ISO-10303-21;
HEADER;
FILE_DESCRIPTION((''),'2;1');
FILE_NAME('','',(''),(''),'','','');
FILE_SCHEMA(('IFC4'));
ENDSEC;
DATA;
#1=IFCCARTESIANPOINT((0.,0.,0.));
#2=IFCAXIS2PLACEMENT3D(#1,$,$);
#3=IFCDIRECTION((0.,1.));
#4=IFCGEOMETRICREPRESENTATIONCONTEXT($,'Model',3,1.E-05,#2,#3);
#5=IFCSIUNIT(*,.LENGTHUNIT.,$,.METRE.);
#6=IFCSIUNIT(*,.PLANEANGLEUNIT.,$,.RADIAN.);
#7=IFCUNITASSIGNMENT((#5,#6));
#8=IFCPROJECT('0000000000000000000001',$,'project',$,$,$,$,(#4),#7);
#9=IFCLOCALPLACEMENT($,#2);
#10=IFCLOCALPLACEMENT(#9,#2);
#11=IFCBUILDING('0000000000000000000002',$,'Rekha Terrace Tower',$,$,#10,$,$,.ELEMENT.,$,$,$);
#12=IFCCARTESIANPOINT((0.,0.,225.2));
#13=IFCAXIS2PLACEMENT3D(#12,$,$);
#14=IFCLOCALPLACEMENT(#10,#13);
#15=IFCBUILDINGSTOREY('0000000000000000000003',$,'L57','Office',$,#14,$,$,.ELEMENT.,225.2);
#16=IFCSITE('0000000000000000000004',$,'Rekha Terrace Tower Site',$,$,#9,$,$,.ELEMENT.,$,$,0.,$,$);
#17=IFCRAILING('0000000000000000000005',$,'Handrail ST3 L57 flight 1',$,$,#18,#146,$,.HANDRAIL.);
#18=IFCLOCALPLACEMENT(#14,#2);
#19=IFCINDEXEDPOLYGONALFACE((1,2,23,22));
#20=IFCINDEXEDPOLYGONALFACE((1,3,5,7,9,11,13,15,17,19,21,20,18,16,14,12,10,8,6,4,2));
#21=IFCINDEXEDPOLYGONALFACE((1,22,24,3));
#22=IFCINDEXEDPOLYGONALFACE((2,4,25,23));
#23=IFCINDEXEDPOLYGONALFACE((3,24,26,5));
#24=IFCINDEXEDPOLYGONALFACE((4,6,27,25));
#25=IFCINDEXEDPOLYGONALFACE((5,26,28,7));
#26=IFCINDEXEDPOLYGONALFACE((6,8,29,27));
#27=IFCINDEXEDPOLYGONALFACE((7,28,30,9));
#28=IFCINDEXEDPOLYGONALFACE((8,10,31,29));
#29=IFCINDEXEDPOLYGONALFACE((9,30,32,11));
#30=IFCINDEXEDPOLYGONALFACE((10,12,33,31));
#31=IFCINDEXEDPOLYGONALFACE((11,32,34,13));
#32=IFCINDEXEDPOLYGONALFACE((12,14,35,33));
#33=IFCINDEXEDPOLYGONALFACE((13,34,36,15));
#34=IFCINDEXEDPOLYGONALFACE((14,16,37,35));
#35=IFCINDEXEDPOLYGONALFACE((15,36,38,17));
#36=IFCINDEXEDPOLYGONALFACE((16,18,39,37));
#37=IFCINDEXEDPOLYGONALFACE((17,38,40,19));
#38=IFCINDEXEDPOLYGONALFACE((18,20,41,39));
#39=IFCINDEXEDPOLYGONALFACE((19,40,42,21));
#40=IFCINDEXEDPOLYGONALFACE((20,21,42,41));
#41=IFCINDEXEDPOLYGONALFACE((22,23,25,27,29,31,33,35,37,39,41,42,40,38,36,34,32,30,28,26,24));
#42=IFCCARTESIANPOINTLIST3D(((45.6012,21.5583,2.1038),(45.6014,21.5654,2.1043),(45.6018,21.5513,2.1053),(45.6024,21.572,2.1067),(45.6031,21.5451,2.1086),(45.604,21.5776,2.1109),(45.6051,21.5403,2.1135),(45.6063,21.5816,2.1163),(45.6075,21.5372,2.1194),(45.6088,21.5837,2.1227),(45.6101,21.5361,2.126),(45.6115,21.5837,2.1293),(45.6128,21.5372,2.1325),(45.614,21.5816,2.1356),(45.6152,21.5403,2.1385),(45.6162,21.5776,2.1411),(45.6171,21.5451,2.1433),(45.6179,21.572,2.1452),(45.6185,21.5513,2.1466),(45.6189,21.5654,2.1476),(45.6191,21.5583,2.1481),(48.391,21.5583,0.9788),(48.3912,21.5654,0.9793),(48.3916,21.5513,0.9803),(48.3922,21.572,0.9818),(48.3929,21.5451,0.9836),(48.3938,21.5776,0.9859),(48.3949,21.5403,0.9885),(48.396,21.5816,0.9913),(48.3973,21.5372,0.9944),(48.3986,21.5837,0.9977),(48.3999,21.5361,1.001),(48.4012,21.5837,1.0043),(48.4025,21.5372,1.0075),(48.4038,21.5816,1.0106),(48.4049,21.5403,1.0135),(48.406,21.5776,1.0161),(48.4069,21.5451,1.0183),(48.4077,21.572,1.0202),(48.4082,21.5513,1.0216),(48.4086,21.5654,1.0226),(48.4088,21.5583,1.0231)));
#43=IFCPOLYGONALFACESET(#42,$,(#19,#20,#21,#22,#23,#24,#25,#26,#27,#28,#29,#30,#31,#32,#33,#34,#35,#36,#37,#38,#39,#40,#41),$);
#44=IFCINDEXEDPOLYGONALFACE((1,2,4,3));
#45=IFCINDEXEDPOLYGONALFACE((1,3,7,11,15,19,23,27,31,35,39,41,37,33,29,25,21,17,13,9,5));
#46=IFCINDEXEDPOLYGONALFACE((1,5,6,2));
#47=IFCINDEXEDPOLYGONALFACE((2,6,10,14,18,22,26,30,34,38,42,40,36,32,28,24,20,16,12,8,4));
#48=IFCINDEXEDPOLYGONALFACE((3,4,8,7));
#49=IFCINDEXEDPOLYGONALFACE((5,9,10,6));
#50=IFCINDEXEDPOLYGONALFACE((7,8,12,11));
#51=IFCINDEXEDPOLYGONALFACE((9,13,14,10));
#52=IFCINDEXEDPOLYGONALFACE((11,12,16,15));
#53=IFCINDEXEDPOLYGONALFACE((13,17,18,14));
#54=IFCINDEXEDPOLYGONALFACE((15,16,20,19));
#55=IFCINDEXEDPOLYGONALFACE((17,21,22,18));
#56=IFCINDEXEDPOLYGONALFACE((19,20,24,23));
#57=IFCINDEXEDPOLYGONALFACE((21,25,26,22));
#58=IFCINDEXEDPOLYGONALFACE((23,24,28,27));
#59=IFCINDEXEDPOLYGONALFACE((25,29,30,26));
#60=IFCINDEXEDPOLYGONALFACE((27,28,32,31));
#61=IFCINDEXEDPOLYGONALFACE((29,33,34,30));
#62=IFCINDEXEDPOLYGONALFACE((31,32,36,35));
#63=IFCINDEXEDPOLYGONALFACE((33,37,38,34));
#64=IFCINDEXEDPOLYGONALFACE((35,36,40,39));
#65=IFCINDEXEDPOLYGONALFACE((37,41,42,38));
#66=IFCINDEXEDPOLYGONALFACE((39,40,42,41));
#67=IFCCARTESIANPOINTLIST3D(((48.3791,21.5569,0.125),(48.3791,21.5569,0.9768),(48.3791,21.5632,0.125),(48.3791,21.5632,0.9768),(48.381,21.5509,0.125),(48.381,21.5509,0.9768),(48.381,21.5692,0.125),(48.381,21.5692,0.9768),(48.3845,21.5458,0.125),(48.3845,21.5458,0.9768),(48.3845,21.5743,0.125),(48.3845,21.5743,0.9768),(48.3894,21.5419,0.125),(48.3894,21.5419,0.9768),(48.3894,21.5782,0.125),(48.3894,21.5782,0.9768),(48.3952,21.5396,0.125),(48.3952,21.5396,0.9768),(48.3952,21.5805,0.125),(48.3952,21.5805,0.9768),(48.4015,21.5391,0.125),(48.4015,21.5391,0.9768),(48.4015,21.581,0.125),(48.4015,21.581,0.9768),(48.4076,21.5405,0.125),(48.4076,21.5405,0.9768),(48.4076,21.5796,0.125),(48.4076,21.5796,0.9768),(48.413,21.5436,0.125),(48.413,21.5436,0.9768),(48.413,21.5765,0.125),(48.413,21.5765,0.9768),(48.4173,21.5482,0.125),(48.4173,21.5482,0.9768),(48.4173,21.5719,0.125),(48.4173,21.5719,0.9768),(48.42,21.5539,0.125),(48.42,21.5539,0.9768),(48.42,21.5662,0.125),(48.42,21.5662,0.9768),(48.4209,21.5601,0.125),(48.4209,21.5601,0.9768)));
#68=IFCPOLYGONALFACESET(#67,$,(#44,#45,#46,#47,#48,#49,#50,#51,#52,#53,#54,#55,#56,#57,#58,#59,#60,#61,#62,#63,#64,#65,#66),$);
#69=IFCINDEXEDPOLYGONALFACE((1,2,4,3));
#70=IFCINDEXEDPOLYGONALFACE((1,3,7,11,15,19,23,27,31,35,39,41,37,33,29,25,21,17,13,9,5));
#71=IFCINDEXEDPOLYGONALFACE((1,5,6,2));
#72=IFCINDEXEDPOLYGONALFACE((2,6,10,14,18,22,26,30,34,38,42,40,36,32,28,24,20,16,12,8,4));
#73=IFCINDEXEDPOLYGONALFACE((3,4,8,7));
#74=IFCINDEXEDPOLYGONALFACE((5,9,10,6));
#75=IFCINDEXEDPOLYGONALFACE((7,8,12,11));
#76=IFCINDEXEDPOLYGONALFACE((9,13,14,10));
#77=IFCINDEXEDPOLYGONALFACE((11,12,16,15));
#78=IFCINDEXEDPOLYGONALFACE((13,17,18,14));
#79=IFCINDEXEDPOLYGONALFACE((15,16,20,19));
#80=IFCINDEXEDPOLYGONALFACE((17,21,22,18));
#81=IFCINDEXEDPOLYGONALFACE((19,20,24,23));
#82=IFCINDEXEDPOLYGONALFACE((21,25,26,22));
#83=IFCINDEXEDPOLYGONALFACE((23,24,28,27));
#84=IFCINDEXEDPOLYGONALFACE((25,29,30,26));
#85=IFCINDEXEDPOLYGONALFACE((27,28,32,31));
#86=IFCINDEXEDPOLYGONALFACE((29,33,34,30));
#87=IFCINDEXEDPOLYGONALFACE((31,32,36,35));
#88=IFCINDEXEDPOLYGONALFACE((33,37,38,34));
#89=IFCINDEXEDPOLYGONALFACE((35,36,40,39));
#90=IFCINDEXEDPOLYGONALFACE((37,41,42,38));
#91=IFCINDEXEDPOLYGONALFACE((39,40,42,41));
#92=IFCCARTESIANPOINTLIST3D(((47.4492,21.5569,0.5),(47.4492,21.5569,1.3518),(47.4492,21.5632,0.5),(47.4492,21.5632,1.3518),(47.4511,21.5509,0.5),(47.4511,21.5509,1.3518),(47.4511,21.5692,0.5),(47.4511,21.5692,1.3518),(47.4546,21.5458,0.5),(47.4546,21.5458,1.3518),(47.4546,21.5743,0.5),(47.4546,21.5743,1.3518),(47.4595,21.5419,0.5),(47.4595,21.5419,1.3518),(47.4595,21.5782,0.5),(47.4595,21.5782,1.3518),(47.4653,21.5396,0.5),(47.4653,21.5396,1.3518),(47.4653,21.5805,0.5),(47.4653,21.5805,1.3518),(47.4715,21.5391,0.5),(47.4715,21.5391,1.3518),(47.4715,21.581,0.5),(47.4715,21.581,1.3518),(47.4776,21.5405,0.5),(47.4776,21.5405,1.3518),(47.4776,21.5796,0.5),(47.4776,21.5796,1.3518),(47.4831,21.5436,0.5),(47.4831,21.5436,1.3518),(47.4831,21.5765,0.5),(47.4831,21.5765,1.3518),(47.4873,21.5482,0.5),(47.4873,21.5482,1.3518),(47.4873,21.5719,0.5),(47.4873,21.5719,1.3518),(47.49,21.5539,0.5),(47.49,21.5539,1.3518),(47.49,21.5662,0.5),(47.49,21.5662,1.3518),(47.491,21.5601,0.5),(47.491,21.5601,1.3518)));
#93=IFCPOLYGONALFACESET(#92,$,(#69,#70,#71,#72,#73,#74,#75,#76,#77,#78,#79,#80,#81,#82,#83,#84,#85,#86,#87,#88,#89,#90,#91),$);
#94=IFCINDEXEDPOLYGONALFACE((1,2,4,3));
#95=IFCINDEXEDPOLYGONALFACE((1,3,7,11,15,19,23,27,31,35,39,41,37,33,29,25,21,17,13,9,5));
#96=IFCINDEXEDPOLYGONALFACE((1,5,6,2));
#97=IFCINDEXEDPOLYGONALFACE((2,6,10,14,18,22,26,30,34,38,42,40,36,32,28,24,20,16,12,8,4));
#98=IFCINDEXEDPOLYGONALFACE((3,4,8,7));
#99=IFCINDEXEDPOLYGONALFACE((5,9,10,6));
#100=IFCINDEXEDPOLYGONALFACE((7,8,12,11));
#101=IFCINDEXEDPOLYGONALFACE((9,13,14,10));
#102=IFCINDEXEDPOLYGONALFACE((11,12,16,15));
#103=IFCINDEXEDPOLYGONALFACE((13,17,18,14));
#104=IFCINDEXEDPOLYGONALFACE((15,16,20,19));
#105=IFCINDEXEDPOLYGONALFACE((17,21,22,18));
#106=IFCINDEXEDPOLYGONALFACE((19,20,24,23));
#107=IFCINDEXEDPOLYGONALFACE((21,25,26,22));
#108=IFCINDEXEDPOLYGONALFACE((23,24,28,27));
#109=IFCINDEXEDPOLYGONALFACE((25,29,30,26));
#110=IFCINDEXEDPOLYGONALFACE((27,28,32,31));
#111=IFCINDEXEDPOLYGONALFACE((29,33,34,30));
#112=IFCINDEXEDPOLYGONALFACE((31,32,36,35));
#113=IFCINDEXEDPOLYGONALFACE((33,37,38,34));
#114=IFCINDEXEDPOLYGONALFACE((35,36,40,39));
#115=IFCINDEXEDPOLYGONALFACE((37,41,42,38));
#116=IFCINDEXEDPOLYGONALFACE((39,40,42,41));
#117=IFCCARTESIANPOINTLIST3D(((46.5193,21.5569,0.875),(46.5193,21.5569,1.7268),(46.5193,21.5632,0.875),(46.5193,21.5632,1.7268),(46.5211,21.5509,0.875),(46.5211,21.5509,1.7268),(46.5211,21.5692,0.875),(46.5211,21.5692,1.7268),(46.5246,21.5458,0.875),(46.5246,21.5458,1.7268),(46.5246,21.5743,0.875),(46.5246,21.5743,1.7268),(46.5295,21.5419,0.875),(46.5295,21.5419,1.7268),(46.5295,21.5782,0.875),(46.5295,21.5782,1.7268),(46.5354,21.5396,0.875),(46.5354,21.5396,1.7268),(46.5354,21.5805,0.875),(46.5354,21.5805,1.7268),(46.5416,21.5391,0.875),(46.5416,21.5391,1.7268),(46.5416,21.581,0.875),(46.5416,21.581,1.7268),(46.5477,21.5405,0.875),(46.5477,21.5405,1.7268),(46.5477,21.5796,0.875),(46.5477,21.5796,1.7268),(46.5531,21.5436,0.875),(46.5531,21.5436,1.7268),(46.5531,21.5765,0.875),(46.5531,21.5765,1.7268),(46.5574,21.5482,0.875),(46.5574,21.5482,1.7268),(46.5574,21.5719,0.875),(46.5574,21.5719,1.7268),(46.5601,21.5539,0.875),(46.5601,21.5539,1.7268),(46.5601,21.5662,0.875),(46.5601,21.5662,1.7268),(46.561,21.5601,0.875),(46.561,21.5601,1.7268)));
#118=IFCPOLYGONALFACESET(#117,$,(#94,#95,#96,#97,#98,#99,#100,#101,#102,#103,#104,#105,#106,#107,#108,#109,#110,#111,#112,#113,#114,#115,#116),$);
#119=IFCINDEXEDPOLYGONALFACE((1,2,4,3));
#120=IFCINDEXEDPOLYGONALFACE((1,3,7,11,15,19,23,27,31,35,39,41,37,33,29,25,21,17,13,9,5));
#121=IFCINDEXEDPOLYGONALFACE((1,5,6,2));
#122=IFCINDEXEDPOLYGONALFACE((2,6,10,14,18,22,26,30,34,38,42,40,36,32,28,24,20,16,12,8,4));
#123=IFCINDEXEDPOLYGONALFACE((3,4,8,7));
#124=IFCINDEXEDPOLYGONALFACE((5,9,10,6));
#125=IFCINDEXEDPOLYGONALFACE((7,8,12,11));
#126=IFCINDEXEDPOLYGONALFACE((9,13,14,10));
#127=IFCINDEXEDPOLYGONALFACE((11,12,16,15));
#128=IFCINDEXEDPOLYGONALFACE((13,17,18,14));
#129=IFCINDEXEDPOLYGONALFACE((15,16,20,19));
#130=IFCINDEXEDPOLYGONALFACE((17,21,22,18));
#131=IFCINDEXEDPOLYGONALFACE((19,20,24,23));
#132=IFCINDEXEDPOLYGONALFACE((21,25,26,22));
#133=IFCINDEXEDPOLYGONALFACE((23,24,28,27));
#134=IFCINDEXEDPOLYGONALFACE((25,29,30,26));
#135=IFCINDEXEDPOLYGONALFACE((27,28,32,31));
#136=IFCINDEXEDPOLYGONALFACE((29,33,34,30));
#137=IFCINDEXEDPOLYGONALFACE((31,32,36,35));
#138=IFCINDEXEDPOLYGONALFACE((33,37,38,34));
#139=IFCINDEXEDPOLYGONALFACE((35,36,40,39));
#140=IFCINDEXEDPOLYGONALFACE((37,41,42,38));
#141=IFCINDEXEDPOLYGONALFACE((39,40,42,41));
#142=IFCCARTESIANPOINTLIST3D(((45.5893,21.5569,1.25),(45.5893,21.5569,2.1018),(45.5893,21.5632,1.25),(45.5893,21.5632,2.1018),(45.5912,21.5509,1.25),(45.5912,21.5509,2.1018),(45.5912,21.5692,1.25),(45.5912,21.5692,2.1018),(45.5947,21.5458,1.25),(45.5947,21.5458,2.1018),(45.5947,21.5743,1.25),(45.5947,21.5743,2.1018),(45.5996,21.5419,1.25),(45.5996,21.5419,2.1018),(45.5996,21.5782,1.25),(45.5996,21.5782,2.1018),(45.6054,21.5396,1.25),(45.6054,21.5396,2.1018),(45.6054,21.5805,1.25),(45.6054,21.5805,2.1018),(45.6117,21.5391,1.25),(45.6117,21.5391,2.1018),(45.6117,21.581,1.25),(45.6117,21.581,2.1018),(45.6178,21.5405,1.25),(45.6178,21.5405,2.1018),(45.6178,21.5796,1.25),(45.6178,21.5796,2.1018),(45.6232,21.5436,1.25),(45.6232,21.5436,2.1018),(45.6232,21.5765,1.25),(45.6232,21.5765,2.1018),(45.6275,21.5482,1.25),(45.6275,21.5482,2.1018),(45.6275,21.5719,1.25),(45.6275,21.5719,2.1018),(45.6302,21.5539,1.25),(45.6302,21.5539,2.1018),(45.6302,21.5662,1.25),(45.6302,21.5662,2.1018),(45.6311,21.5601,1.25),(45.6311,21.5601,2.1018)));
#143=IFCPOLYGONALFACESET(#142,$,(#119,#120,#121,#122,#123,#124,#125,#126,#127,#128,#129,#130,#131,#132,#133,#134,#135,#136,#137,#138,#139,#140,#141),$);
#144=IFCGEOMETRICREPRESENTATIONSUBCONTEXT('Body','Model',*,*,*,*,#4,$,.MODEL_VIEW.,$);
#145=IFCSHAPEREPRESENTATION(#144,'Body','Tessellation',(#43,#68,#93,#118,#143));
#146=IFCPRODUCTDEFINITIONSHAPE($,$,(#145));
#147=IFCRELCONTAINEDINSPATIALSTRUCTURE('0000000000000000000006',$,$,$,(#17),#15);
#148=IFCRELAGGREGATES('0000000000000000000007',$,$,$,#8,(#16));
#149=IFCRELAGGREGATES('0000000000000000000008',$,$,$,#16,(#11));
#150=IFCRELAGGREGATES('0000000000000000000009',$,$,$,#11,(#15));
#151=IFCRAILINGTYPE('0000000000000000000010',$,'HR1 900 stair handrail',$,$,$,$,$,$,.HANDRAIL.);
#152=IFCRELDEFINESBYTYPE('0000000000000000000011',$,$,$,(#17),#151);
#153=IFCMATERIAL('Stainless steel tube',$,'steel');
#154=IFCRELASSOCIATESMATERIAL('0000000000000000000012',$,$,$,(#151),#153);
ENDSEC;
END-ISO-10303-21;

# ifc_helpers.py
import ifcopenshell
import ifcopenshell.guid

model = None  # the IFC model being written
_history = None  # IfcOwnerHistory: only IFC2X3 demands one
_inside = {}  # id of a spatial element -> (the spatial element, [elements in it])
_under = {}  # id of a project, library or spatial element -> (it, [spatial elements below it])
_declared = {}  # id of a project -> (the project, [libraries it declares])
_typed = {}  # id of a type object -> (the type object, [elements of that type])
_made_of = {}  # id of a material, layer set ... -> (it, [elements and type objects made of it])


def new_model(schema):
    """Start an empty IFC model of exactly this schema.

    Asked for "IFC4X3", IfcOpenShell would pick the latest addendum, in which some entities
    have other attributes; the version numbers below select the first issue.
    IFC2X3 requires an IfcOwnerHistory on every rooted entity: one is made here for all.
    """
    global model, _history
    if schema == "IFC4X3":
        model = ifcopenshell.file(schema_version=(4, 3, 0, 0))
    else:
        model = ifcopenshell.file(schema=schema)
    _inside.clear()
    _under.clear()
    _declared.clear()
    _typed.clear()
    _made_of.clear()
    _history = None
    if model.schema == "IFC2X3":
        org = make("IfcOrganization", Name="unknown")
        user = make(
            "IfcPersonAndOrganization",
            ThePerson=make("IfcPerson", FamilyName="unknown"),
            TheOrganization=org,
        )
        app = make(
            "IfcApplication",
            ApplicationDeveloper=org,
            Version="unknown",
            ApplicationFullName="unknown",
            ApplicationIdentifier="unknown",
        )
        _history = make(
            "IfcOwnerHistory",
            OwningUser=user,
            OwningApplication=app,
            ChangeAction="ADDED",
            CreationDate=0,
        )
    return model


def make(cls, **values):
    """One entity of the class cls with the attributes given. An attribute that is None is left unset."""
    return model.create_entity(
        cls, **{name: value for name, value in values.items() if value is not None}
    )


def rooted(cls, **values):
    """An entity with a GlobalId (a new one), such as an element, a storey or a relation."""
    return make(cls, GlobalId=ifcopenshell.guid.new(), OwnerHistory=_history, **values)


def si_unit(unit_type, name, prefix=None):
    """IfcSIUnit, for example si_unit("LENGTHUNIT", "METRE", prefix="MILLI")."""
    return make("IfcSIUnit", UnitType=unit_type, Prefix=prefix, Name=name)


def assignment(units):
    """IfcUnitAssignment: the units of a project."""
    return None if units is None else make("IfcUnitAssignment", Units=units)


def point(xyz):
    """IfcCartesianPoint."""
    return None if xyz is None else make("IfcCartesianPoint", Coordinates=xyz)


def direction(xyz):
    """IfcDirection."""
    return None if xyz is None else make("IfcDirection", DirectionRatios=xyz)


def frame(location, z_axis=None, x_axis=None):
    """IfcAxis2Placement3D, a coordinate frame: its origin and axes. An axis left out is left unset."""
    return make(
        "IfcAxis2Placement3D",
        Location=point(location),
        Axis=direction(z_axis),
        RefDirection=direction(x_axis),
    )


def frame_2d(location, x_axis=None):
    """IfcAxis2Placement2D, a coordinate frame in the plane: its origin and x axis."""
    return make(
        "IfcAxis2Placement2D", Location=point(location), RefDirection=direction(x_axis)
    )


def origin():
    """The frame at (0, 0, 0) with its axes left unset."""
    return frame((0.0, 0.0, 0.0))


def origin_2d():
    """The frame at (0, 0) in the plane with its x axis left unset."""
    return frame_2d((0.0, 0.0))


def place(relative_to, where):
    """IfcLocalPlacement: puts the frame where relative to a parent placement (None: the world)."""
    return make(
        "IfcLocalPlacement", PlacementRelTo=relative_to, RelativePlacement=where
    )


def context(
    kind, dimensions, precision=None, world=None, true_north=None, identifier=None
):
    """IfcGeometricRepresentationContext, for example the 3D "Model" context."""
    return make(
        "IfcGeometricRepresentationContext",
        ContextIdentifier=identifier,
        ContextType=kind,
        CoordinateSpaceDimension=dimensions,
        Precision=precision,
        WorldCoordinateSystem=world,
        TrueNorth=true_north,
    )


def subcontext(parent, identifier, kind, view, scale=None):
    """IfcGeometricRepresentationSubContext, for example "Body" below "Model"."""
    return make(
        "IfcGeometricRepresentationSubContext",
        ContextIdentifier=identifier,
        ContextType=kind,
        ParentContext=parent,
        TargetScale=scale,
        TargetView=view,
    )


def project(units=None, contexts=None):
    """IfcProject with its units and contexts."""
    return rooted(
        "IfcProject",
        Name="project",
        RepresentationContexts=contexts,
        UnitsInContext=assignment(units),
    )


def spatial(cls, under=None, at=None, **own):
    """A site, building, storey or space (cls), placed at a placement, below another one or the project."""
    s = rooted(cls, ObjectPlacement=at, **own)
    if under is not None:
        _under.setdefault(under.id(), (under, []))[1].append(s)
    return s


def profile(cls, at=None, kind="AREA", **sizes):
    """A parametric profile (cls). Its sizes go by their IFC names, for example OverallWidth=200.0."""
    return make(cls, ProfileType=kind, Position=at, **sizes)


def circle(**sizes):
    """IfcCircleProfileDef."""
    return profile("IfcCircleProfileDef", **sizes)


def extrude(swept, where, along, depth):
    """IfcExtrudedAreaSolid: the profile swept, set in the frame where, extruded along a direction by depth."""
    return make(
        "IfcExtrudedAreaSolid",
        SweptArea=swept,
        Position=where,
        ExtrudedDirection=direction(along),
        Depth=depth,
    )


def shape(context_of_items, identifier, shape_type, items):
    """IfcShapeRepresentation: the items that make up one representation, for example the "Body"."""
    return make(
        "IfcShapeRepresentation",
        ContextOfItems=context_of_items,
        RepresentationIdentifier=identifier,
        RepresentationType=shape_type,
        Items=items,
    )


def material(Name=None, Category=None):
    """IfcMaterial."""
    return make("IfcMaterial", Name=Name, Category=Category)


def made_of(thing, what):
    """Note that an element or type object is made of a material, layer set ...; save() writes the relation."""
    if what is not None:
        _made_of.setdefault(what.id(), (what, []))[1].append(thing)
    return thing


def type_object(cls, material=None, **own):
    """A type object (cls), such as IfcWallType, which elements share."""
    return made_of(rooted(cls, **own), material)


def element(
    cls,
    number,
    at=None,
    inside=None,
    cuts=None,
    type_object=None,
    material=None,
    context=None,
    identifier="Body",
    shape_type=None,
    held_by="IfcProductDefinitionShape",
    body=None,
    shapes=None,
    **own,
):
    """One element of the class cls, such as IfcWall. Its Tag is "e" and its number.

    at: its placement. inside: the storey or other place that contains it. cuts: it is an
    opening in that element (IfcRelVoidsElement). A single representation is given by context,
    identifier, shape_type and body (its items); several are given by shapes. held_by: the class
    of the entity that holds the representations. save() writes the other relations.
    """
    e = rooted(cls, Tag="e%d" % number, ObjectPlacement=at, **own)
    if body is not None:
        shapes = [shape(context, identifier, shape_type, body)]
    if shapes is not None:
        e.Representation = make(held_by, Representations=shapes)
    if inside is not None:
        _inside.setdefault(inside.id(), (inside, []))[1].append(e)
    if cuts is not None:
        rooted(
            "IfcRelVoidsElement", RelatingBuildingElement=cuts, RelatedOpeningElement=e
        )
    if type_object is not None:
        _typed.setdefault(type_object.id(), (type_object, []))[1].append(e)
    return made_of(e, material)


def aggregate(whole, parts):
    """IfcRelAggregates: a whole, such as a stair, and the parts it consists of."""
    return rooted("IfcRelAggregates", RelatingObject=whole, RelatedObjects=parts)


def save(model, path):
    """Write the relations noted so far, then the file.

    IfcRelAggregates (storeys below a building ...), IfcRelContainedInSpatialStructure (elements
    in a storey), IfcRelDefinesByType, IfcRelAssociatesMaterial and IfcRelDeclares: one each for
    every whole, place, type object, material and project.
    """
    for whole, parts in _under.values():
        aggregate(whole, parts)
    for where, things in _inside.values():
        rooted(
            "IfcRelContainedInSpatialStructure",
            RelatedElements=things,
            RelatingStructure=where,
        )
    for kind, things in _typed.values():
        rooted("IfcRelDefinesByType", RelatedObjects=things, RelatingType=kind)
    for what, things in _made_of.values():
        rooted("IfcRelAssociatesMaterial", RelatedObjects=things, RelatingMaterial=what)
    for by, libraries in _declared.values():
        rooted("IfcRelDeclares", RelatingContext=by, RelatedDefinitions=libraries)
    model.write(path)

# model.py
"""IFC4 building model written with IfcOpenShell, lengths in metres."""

from ifc_helpers import new_model, si_unit, direction, frame, origin, origin_2d, place, context, subcontext, project, spatial, circle, extrude, material, type_object, element, save


model = new_model("IFC4")

# Units and contexts
model_context = context("Model", 3, precision=1e-05, world=origin(), true_north=direction((0.0, 1.0)))
body_context = subcontext(model_context, "Body", "Model", "MODEL_VIEW")
ifc_project = project(units=[si_unit("LENGTHUNIT", "METRE"), si_unit("PLANEANGLEUNIT", "RADIAN")], contexts=[model_context])

# Site, building, storey
site_placement = place(None, origin())
site = spatial("IfcSite", under=ifc_project, at=site_placement, Name="Rekha Terrace Tower Site", CompositionType="ELEMENT", RefElevation=0.0)
building_placement = place(site_placement, origin())
building = spatial("IfcBuilding", under=site, at=building_placement, Name="Rekha Terrace Tower", CompositionType="ELEMENT")
storey_placement = place(building_placement, frame((0.0, 0.0, 225.2)))
storey = spatial("IfcBuildingStorey", under=building, at=storey_placement, Name="L57", Description="Office", CompositionType="ELEMENT", Elevation=225.2)

# Railing
ifc_material_1 = material(Name="Stainless steel tube", Category="steel")
railing_type_1 = type_object("IfcRailingType", Name="HR1 900 stair handrail", PredefinedType="HANDRAIL", material=ifc_material_1)
railing_1_placement = place(storey_placement, frame((48.3999, 21.5601, 0.125)))
element("IfcRailing", 1, at=railing_1_placement, inside=storey, type_object=railing_type_1, Name="Handrail ST3 L57 flight 1", PredefinedType="HANDRAIL", context=body_context, shape_type="SweptSolid", body=[
    extrude(circle(Radius=0.0239, at=origin_2d()), frame((0.0, 0.0, 0.876), z_axis=(-0.927432, 0.0, 0.373992), x_axis=(0.0, -1.0, 0.0)), (0.0, 0.0, 1.0), 3.0081),
    extrude(circle(Radius=0.021, at=origin_2d()), origin(), (0.0, 0.0, 1.0), 0.8518),
    extrude(circle(Radius=0.021, at=origin_2d()), frame((-0.9299, 0.0, 0.375)), (0.0, 0.0, 1.0), 0.8518),
    extrude(circle(Radius=0.021, at=origin_2d()), frame((-1.8599, 0.0, 0.75)), (0.0, 0.0, 1.0), 0.8518),
    extrude(circle(Radius=0.021, at=origin_2d()), frame((-2.7898, 0.0, 1.125)), (0.0, 0.0, 1.0), 0.8518),
])

save(model, "model.ifc")
